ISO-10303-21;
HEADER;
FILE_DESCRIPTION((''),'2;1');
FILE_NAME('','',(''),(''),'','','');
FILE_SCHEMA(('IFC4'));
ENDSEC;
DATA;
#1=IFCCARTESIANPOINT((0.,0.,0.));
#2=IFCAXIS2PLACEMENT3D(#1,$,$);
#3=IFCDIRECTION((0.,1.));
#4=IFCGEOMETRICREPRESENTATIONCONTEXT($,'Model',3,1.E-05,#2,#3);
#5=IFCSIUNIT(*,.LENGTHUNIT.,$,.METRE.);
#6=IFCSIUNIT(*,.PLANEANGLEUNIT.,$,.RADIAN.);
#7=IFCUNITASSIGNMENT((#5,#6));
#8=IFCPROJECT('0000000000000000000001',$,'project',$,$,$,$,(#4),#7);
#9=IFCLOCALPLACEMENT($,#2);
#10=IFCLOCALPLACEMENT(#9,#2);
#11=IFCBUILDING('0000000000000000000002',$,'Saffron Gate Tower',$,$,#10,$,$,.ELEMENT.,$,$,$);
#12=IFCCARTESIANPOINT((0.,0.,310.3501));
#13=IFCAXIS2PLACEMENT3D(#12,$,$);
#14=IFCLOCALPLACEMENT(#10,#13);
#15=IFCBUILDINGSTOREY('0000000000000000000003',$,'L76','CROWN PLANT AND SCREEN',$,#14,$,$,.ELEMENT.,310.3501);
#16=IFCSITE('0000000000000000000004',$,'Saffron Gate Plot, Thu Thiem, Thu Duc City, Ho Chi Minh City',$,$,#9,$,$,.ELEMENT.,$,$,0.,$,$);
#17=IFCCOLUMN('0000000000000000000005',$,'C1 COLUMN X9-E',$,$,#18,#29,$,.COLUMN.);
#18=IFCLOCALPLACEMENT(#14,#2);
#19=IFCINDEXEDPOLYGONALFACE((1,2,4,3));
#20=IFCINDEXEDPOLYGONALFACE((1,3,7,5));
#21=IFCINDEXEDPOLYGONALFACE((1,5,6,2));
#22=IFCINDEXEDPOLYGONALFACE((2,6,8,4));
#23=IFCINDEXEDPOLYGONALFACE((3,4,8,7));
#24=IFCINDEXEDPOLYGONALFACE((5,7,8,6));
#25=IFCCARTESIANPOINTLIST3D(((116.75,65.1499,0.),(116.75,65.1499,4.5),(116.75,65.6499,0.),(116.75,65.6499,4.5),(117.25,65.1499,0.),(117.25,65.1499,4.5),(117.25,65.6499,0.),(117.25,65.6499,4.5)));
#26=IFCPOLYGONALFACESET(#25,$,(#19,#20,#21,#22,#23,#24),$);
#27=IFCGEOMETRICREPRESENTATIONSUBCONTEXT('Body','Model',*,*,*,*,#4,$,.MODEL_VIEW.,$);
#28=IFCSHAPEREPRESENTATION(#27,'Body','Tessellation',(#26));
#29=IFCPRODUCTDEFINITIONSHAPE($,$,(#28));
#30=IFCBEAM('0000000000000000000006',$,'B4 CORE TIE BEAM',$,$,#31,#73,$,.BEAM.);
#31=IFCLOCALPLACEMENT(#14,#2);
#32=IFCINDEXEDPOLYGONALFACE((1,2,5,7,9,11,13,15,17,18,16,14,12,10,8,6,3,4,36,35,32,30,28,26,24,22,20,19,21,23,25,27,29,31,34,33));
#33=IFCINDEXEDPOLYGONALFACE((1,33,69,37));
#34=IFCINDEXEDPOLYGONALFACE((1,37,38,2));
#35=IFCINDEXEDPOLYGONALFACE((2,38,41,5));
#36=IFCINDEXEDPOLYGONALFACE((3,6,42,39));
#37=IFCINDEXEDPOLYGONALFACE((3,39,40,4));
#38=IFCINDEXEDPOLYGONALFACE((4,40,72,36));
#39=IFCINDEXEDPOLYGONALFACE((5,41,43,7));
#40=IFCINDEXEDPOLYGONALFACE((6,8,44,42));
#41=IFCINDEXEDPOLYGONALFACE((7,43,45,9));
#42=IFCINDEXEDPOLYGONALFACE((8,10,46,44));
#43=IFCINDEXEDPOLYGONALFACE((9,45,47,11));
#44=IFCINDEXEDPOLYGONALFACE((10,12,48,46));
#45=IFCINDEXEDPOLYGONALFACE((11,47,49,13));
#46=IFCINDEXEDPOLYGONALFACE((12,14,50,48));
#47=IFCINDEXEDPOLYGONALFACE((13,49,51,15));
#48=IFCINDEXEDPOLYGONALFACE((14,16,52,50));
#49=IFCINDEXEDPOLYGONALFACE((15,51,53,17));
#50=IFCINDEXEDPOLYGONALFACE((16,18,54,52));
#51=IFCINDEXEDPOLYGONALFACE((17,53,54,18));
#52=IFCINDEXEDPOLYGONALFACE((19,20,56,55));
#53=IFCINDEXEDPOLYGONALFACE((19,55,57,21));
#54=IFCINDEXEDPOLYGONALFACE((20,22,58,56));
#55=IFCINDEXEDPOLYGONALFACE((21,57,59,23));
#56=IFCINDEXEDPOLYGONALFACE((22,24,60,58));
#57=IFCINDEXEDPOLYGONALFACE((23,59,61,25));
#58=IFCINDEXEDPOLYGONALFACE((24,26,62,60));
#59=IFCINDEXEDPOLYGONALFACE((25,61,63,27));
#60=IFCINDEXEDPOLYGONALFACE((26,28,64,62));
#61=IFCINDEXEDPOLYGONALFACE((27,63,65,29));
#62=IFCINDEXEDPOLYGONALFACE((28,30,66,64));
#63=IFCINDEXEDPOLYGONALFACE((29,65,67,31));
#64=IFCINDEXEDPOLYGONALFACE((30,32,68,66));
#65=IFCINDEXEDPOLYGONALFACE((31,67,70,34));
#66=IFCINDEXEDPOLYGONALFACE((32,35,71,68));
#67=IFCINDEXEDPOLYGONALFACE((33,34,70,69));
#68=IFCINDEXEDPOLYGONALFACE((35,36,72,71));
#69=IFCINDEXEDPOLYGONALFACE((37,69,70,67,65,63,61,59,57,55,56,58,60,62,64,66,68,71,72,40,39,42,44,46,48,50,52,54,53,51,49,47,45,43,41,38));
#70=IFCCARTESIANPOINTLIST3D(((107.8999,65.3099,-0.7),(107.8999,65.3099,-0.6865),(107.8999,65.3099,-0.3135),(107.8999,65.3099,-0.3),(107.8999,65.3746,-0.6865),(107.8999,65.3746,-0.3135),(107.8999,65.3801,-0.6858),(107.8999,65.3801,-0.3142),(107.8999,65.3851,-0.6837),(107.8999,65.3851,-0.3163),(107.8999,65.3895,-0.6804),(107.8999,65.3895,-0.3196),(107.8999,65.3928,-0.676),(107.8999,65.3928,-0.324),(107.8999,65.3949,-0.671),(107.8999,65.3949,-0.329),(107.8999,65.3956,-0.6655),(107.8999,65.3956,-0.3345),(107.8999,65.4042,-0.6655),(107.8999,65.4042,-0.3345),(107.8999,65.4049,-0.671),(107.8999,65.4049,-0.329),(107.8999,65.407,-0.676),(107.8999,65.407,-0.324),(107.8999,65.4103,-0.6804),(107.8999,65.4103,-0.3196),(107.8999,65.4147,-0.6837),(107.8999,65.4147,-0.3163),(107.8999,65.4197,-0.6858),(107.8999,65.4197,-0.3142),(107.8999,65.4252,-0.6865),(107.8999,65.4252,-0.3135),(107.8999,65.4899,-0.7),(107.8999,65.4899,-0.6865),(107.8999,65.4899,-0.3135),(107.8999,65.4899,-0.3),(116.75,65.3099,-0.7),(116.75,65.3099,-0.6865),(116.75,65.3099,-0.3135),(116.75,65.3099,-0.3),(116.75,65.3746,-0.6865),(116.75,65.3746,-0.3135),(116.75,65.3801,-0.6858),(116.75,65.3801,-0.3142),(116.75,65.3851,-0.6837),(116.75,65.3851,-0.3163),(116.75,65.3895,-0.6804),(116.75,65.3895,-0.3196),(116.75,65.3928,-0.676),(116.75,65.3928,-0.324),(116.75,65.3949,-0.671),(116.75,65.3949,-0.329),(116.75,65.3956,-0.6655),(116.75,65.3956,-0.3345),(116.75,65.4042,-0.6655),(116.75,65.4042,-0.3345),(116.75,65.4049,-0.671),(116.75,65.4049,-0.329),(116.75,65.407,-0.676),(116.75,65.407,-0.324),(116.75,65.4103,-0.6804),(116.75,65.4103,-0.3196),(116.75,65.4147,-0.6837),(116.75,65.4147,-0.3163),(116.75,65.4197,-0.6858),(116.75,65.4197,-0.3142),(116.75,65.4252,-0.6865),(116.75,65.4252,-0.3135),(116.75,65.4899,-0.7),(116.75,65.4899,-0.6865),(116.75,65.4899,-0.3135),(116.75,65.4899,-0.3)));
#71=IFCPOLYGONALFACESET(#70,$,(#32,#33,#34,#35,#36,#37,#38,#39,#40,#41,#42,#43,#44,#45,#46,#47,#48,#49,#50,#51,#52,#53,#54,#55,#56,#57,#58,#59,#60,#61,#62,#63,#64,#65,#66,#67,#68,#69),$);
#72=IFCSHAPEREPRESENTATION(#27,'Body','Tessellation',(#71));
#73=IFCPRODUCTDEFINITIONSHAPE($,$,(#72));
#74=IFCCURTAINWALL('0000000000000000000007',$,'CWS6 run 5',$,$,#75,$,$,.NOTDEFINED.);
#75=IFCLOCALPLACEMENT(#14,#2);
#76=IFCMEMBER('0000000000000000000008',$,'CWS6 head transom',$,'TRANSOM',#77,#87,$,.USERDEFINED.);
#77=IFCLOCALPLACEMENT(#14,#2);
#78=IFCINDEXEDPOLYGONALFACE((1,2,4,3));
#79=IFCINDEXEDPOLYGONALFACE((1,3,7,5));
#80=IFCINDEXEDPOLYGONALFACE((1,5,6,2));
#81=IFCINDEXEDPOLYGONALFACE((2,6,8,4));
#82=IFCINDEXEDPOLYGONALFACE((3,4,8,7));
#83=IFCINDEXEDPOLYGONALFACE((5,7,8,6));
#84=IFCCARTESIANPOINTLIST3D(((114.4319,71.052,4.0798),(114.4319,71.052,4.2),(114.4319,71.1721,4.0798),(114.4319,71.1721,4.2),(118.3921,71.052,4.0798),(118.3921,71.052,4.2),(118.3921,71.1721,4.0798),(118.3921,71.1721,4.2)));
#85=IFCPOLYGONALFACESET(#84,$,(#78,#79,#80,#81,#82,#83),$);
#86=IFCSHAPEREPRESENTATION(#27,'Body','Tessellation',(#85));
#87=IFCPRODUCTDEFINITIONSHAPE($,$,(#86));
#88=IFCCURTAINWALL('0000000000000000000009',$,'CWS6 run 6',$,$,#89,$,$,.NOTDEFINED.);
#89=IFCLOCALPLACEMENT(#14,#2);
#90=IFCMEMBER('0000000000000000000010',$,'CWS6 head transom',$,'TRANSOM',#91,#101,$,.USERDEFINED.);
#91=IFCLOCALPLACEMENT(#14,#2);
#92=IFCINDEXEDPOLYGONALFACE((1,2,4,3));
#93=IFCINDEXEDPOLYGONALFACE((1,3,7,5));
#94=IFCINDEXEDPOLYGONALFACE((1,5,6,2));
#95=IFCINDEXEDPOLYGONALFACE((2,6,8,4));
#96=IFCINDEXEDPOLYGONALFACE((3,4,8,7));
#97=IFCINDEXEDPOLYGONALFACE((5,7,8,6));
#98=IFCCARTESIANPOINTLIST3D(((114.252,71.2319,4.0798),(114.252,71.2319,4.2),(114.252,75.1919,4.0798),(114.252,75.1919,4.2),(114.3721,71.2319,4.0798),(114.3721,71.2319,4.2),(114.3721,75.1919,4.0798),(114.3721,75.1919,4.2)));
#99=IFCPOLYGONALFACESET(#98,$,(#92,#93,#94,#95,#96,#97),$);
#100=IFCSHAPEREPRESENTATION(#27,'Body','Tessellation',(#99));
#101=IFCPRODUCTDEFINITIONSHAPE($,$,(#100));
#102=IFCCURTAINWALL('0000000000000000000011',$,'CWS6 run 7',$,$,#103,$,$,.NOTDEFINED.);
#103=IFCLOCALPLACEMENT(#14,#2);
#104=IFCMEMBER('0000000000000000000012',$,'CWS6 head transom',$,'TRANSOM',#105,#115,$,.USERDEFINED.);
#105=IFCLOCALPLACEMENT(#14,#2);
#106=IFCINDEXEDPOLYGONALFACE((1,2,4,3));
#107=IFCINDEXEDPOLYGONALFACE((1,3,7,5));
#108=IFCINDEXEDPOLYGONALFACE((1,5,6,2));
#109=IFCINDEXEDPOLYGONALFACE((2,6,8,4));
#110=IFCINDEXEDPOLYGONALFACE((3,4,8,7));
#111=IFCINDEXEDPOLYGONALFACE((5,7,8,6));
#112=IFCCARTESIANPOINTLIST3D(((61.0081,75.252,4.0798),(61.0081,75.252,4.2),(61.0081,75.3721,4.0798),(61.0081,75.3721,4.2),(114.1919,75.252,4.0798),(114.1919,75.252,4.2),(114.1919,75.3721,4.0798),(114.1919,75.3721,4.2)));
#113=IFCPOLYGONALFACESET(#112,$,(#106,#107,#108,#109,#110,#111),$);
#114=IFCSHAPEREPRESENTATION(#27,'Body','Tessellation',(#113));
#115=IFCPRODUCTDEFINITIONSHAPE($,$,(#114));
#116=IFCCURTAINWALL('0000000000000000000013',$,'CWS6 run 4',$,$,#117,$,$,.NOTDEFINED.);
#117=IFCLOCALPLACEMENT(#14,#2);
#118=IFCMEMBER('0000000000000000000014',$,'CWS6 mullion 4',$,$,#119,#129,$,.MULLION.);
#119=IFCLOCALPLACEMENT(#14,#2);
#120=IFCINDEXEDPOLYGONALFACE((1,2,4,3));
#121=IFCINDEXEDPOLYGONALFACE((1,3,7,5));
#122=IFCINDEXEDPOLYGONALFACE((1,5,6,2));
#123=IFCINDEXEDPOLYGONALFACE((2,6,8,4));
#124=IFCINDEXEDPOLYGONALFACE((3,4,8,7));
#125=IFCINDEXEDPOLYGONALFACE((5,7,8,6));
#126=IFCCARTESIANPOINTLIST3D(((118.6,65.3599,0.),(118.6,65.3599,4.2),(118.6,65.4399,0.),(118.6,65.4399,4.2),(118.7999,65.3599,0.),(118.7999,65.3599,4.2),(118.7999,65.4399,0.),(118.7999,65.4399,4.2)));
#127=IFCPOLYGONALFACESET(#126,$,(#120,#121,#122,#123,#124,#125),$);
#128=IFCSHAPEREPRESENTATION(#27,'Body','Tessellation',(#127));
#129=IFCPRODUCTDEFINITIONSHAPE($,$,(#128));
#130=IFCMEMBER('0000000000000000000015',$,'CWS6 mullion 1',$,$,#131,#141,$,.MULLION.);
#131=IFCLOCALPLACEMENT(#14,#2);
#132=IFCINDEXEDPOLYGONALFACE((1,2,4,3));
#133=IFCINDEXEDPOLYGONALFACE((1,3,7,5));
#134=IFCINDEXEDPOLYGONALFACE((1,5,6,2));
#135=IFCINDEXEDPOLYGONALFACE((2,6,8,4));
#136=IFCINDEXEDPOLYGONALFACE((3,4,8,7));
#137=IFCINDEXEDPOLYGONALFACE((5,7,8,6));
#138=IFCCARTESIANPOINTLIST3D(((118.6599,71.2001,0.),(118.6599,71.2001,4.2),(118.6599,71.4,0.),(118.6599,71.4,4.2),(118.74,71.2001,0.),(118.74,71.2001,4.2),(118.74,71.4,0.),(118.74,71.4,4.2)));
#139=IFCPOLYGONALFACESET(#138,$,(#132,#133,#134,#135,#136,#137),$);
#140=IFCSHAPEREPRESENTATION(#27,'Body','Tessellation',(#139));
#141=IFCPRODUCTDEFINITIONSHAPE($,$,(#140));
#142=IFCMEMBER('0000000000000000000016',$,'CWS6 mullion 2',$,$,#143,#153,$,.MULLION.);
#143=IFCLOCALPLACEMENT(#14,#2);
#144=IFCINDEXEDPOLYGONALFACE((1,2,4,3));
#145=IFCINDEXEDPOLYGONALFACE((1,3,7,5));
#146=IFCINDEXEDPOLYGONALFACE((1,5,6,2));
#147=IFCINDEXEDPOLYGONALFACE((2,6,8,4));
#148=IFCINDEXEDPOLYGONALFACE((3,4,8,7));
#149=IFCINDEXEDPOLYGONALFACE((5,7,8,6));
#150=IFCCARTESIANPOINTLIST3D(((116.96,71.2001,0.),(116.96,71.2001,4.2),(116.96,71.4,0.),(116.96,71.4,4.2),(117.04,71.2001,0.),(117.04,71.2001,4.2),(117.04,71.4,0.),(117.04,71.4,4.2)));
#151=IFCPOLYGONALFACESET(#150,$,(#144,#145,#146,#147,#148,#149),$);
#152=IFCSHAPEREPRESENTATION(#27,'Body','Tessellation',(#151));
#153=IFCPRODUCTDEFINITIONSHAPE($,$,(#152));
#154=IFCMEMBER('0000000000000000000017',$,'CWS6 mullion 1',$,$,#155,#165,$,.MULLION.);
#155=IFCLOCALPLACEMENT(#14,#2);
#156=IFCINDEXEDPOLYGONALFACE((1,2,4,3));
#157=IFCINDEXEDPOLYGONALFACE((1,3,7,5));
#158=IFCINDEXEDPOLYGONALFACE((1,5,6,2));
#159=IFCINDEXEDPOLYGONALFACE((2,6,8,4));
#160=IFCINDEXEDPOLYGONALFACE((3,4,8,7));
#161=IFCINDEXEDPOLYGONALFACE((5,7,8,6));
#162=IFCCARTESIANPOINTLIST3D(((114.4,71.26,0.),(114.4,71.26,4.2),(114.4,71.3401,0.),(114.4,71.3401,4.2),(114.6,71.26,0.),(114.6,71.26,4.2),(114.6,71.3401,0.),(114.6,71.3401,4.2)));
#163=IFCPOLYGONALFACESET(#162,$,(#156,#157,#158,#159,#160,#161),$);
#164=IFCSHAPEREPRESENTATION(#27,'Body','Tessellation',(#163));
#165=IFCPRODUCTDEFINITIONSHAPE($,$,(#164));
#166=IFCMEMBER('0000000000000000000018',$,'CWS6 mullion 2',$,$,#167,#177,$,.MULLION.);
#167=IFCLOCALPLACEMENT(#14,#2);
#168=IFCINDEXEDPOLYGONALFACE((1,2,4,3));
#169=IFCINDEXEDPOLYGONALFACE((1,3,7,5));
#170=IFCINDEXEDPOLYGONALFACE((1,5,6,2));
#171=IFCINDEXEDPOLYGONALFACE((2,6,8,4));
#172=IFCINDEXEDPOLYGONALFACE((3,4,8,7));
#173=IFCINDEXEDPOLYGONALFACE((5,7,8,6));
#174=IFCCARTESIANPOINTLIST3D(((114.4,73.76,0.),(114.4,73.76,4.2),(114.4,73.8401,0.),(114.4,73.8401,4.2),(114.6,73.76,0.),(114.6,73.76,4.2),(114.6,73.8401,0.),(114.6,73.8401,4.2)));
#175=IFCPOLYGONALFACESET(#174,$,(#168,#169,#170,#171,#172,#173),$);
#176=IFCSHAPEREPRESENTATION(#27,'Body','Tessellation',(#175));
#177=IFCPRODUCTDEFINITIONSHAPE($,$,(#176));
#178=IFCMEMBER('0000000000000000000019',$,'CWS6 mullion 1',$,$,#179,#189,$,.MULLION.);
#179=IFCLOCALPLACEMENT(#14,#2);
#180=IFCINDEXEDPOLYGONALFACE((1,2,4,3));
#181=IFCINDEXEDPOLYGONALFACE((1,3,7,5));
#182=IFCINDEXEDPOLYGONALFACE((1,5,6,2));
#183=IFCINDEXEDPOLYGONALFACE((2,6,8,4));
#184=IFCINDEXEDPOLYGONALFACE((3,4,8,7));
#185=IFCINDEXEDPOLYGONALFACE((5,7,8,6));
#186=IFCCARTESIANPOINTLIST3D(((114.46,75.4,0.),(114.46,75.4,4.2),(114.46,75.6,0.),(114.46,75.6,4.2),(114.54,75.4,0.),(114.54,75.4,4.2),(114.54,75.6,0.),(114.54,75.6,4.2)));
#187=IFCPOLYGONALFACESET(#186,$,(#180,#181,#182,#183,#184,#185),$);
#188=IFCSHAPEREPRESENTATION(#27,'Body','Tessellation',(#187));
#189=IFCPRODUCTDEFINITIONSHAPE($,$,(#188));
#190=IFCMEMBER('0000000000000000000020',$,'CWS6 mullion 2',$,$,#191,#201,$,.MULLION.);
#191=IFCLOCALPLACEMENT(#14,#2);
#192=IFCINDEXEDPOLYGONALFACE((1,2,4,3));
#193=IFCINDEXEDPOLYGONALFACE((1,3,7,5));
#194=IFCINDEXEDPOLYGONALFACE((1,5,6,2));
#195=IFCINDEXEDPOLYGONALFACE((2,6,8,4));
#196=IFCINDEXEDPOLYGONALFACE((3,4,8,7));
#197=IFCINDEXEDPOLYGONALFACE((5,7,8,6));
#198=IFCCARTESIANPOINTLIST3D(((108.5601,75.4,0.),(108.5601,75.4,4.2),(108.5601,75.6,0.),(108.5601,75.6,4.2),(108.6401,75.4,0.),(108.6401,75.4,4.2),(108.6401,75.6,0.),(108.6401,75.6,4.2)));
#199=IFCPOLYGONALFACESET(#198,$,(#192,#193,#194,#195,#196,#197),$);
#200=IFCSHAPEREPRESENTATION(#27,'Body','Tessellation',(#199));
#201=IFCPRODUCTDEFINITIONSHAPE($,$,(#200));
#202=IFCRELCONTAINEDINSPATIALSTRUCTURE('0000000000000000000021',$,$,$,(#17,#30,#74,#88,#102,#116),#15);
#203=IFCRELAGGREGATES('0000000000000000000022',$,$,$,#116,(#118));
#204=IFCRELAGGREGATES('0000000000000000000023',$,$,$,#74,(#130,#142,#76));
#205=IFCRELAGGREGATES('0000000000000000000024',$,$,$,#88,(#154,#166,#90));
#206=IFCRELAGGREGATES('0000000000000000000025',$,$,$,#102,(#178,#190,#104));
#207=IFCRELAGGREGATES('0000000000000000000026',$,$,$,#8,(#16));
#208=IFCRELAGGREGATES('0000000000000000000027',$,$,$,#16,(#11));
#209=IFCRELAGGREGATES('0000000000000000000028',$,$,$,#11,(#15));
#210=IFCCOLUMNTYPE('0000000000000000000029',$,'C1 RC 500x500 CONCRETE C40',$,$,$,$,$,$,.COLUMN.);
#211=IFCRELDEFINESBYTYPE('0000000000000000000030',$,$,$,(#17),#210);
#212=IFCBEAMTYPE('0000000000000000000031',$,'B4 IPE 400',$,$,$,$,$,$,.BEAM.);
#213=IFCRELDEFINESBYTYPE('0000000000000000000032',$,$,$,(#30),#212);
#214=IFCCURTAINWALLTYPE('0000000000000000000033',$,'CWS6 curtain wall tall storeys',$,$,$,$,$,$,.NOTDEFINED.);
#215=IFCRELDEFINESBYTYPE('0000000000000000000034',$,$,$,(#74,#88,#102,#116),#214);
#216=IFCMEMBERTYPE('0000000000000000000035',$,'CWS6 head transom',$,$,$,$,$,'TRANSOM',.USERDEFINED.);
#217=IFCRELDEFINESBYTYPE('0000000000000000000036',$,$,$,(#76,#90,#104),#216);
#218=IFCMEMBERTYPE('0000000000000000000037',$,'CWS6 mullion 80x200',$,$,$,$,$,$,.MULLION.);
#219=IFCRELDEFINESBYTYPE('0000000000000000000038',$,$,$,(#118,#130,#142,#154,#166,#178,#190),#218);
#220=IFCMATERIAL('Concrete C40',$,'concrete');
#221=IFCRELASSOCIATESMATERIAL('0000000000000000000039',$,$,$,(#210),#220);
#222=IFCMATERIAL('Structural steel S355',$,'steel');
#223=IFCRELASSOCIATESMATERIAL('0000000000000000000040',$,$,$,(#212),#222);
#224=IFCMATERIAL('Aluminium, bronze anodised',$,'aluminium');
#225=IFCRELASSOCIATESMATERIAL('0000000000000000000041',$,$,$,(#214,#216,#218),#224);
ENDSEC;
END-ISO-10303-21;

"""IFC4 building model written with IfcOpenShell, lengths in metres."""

from ifc_helpers import new_model, si_unit, direction, frame, origin, origin_2d, place, context, subcontext, project, spatial, rectangle, i_section, extrude, material, material_profile, profile_set, type_object, element, aggregate, save


model = new_model("IFC4")

# Units and contexts
model_context = context("Model", 3, precision=1e-05, world=origin(), true_north=direction((0.0, 1.0)))
body_context = subcontext(model_context, "Body", "Model", "MODEL_VIEW")
ifc_project = project(units=[si_unit("LENGTHUNIT", "METRE"), si_unit("PLANEANGLEUNIT", "RADIAN")], contexts=[model_context])

# Site, building, storey
site_placement = place(None, origin())
site = spatial("IfcSite", under=ifc_project, at=site_placement, Name="Saffron Gate Plot, Thu Thiem, Thu Duc City, Ho Chi Minh City", CompositionType="ELEMENT", RefElevation=0.0)
building_placement = place(site_placement, origin())
building = spatial("IfcBuilding", under=site, at=building_placement, Name="Saffron Gate Tower", CompositionType="ELEMENT")
storey_placement = place(building_placement, frame((0.0, 0.0, 310.3501)))
storey = spatial("IfcBuildingStorey", under=building, at=storey_placement, Name="L76", Description="CROWN PLANT AND SCREEN", CompositionType="ELEMENT", Elevation=310.3501)

# Column
ifc_material_1 = material(Name="Concrete C40", Category="concrete")
ifc_material_profile_1 = material_profile(ifc_material_1, rectangle(XDim=0.5, YDim=0.5, at=origin_2d()))
ifc_profile_set_1 = profile_set([ifc_material_profile_1], Name="Concrete C40")
column_type = type_object("IfcColumnType", Name="C1 RC 500x500 CONCRETE C40", PredefinedType="COLUMN", material=ifc_profile_set_1)
column_placement = place(storey_placement, frame((117.0, 65.3999, 0.0), z_axis=(0.0, 0.0, 1.0), x_axis=(1.0, 0.0, 0.0)))
element("IfcColumn", 1, at=column_placement, inside=storey, type_object=column_type, Name="C1 COLUMN X9-E", PredefinedType="COLUMN", context=body_context, shape_type="SweptSolid", body=[
    extrude(rectangle(XDim=0.5, YDim=0.5, at=origin_2d()), origin(), (0.0, 0.0, 1.0), 4.5),
])

# Beam
ifc_material_2 = material(Name="Structural steel S355", Category="steel")
ifc_material_profile_2 = material_profile(ifc_material_2, i_section(OverallWidth=0.1799, OverallDepth=0.3999, WebThickness=0.0085, FlangeThickness=0.0134, FilletRadius=0.021, at=origin_2d()))
ifc_profile_set_2 = profile_set([ifc_material_profile_2], Name="Structural steel S355")
beam_type = type_object("IfcBeamType", Name="B4 IPE 400", PredefinedType="BEAM", material=ifc_profile_set_2)
beam_placement = place(storey_placement, frame((116.75, 65.3999, -0.5), z_axis=(-1.0, 0.0, 0.0), x_axis=(0.0, -1.0, 0.0)))
element("IfcBeam", 2, at=beam_placement, inside=storey, type_object=beam_type, Name="B4 CORE TIE BEAM", PredefinedType="BEAM", context=body_context, shape_type="SweptSolid", body=[
    extrude(i_section(OverallWidth=0.1799, OverallDepth=0.3999, WebThickness=0.0085, FlangeThickness=0.0134, FilletRadius=0.021, at=origin_2d()), origin(), (0.0, 0.0, 1.0), 8.8501),
])

# Curtain walls, members
ifc_material_3 = material(Name="Aluminium, bronze anodised", Category="aluminium")
curtain_wall_type = type_object("IfcCurtainWallType", Name="CWS6 curtain wall tall storeys", PredefinedType="NOTDEFINED", material=ifc_material_3)
curtain_wall_1_placement = place(storey_placement, origin())
curtain_wall_1 = element("IfcCurtainWall", 3, at=curtain_wall_1_placement, inside=storey, type_object=curtain_wall_type, Name="CWS6 run 5", PredefinedType="NOTDEFINED")
ifc_material_profile_3 = material_profile(ifc_material_3, rectangle(XDim=0.1201, YDim=0.1201, at=origin_2d()))
ifc_profile_set_3 = profile_set([ifc_material_profile_3], Name="Aluminium, bronze anodised")
member_type_1 = type_object("IfcMemberType", Name="CWS6 head transom", ElementType="TRANSOM", PredefinedType="USERDEFINED", material=ifc_profile_set_3)
member_1_placement = place(storey_placement, frame((118.3921, 71.1121, 4.1399), z_axis=(-1.0, 0.0, 0.0), x_axis=(0.0, -1.0, 0.0)))
member_1 = element("IfcMember", 4, at=member_1_placement, type_object=member_type_1, Name="CWS6 head transom", ObjectType="TRANSOM", PredefinedType="USERDEFINED", context=body_context, shape_type="SweptSolid", body=[
    extrude(rectangle(XDim=0.1201, YDim=0.1201, at=origin_2d()), origin(), (0.0, 0.0, 1.0), 3.9602),
])
curtain_wall_2_placement = place(storey_placement, origin())
curtain_wall_2 = element("IfcCurtainWall", 5, at=curtain_wall_2_placement, inside=storey, type_object=curtain_wall_type, Name="CWS6 run 6", PredefinedType="NOTDEFINED")
member_2_placement = place(storey_placement, frame((114.312, 71.2319, 4.1399), z_axis=(0.0, 1.0, 0.0), x_axis=(-1.0, 0.0, 0.0)))
member_2 = element("IfcMember", 6, at=member_2_placement, type_object=member_type_1, Name="CWS6 head transom", ObjectType="TRANSOM", PredefinedType="USERDEFINED", context=body_context, shape_type="SweptSolid", body=[
    extrude(rectangle(XDim=0.1201, YDim=0.1201, at=origin_2d()), origin(), (0.0, 0.0, 1.0), 3.96),
])
curtain_wall_3_placement = place(storey_placement, origin())
curtain_wall_3 = element("IfcCurtainWall", 7, at=curtain_wall_3_placement, inside=storey, type_object=curtain_wall_type, Name="CWS6 run 7", PredefinedType="NOTDEFINED")
member_3_placement = place(storey_placement, frame((114.1919, 75.312, 4.1399), z_axis=(-1.0, 0.0, 0.0), x_axis=(0.0, -1.0, 0.0)))
member_3 = element("IfcMember", 8, at=member_3_placement, type_object=member_type_1, Name="CWS6 head transom", ObjectType="TRANSOM", PredefinedType="USERDEFINED", context=body_context, shape_type="SweptSolid", body=[
    extrude(rectangle(XDim=0.1201, YDim=0.1201, at=origin_2d()), origin(), (0.0, 0.0, 1.0), 53.1838),
])
curtain_wall_4_placement = place(storey_placement, origin())
curtain_wall_4 = element("IfcCurtainWall", 9, at=curtain_wall_4_placement, inside=storey, type_object=curtain_wall_type, Name="CWS6 run 4", PredefinedType="NOTDEFINED")
ifc_material_profile_4 = material_profile(ifc_material_3, rectangle(XDim=0.2, YDim=0.0801, at=origin_2d()))
ifc_profile_set_4 = profile_set([ifc_material_profile_4], Name="Aluminium, bronze anodised")
member_type_2 = type_object("IfcMemberType", Name="CWS6 mullion 80x200", PredefinedType="MULLION", material=ifc_profile_set_4)
member_4_placement = place(storey_placement, frame((118.7, 65.3999, 0.0), z_axis=(0.0, 0.0, 1.0), x_axis=(-1.0, 0.0, 0.0)))
member_4 = element("IfcMember", 10, at=member_4_placement, type_object=member_type_2, Name="CWS6 mullion 4", PredefinedType="MULLION", context=body_context, shape_type="SweptSolid", body=[
    extrude(rectangle(XDim=0.2, YDim=0.0801, at=origin_2d()), origin(), (0.0, 0.0, 1.0), 4.2),
])
aggregate(curtain_wall_4, [member_4])

# Members
member_5_placement = place(storey_placement, frame((118.7, 71.3, 0.0), z_axis=(0.0, 0.0, 1.0), x_axis=(0.0, -1.0, 0.0)))
member_5 = element("IfcMember", 11, at=member_5_placement, type_object=member_type_2, Name="CWS6 mullion 1", PredefinedType="MULLION", context=body_context, shape_type="SweptSolid", body=[
    extrude(rectangle(XDim=0.2, YDim=0.0801, at=origin_2d()), origin(), (0.0, 0.0, 1.0), 4.2),
])
member_6_placement = place(storey_placement, frame((117.0, 71.3, 0.0), z_axis=(0.0, 0.0, 1.0), x_axis=(0.0, -1.0, 0.0)))
member_6 = element("IfcMember", 12, at=member_6_placement, type_object=member_type_2, Name="CWS6 mullion 2", PredefinedType="MULLION", context=body_context, shape_type="SweptSolid", body=[
    extrude(rectangle(XDim=0.2, YDim=0.0801, at=origin_2d()), origin(), (0.0, 0.0, 1.0), 4.2),
])
member_7_placement = place(storey_placement, frame((114.5, 71.3, 0.0), z_axis=(0.0, 0.0, 1.0), x_axis=(-1.0, 0.0, 0.0)))
member_7 = element("IfcMember", 13, at=member_7_placement, type_object=member_type_2, Name="CWS6 mullion 1", PredefinedType="MULLION", context=body_context, shape_type="SweptSolid", body=[
    extrude(rectangle(XDim=0.2, YDim=0.0801, at=origin_2d()), origin(), (0.0, 0.0, 1.0), 4.2),
])
member_8_placement = place(storey_placement, frame((114.5, 73.8, 0.0), z_axis=(0.0, 0.0, 1.0), x_axis=(-1.0, 0.0, 0.0)))
member_8 = element("IfcMember", 14, at=member_8_placement, type_object=member_type_2, Name="CWS6 mullion 2", PredefinedType="MULLION", context=body_context, shape_type="SweptSolid", body=[
    extrude(rectangle(XDim=0.2, YDim=0.0801, at=origin_2d()), origin(), (0.0, 0.0, 1.0), 4.2),
])
member_9_placement = place(storey_placement, frame((114.5, 75.5, 0.0), z_axis=(0.0, 0.0, 1.0), x_axis=(0.0, -1.0, 0.0)))
member_9 = element("IfcMember", 15, at=member_9_placement, type_object=member_type_2, Name="CWS6 mullion 1", PredefinedType="MULLION", context=body_context, shape_type="SweptSolid", body=[
    extrude(rectangle(XDim=0.2, YDim=0.0801, at=origin_2d()), origin(), (0.0, 0.0, 1.0), 4.2),
])
member_10_placement = place(storey_placement, frame((108.6001, 75.5, 0.0), z_axis=(0.0, 0.0, 1.0), x_axis=(0.0, -1.0, 0.0)))
member_10 = element("IfcMember", 16, at=member_10_placement, type_object=member_type_2, Name="CWS6 mullion 2", PredefinedType="MULLION", context=body_context, shape_type="SweptSolid", body=[
    extrude(rectangle(XDim=0.2, YDim=0.0801, at=origin_2d()), origin(), (0.0, 0.0, 1.0), 4.2),
])

aggregate(curtain_wall_1, [member_5, member_6, member_1])
aggregate(curtain_wall_2, [member_7, member_8, member_2])

aggregate(curtain_wall_3, [member_9, member_10, member_3])

save(model, "model.ifc")
